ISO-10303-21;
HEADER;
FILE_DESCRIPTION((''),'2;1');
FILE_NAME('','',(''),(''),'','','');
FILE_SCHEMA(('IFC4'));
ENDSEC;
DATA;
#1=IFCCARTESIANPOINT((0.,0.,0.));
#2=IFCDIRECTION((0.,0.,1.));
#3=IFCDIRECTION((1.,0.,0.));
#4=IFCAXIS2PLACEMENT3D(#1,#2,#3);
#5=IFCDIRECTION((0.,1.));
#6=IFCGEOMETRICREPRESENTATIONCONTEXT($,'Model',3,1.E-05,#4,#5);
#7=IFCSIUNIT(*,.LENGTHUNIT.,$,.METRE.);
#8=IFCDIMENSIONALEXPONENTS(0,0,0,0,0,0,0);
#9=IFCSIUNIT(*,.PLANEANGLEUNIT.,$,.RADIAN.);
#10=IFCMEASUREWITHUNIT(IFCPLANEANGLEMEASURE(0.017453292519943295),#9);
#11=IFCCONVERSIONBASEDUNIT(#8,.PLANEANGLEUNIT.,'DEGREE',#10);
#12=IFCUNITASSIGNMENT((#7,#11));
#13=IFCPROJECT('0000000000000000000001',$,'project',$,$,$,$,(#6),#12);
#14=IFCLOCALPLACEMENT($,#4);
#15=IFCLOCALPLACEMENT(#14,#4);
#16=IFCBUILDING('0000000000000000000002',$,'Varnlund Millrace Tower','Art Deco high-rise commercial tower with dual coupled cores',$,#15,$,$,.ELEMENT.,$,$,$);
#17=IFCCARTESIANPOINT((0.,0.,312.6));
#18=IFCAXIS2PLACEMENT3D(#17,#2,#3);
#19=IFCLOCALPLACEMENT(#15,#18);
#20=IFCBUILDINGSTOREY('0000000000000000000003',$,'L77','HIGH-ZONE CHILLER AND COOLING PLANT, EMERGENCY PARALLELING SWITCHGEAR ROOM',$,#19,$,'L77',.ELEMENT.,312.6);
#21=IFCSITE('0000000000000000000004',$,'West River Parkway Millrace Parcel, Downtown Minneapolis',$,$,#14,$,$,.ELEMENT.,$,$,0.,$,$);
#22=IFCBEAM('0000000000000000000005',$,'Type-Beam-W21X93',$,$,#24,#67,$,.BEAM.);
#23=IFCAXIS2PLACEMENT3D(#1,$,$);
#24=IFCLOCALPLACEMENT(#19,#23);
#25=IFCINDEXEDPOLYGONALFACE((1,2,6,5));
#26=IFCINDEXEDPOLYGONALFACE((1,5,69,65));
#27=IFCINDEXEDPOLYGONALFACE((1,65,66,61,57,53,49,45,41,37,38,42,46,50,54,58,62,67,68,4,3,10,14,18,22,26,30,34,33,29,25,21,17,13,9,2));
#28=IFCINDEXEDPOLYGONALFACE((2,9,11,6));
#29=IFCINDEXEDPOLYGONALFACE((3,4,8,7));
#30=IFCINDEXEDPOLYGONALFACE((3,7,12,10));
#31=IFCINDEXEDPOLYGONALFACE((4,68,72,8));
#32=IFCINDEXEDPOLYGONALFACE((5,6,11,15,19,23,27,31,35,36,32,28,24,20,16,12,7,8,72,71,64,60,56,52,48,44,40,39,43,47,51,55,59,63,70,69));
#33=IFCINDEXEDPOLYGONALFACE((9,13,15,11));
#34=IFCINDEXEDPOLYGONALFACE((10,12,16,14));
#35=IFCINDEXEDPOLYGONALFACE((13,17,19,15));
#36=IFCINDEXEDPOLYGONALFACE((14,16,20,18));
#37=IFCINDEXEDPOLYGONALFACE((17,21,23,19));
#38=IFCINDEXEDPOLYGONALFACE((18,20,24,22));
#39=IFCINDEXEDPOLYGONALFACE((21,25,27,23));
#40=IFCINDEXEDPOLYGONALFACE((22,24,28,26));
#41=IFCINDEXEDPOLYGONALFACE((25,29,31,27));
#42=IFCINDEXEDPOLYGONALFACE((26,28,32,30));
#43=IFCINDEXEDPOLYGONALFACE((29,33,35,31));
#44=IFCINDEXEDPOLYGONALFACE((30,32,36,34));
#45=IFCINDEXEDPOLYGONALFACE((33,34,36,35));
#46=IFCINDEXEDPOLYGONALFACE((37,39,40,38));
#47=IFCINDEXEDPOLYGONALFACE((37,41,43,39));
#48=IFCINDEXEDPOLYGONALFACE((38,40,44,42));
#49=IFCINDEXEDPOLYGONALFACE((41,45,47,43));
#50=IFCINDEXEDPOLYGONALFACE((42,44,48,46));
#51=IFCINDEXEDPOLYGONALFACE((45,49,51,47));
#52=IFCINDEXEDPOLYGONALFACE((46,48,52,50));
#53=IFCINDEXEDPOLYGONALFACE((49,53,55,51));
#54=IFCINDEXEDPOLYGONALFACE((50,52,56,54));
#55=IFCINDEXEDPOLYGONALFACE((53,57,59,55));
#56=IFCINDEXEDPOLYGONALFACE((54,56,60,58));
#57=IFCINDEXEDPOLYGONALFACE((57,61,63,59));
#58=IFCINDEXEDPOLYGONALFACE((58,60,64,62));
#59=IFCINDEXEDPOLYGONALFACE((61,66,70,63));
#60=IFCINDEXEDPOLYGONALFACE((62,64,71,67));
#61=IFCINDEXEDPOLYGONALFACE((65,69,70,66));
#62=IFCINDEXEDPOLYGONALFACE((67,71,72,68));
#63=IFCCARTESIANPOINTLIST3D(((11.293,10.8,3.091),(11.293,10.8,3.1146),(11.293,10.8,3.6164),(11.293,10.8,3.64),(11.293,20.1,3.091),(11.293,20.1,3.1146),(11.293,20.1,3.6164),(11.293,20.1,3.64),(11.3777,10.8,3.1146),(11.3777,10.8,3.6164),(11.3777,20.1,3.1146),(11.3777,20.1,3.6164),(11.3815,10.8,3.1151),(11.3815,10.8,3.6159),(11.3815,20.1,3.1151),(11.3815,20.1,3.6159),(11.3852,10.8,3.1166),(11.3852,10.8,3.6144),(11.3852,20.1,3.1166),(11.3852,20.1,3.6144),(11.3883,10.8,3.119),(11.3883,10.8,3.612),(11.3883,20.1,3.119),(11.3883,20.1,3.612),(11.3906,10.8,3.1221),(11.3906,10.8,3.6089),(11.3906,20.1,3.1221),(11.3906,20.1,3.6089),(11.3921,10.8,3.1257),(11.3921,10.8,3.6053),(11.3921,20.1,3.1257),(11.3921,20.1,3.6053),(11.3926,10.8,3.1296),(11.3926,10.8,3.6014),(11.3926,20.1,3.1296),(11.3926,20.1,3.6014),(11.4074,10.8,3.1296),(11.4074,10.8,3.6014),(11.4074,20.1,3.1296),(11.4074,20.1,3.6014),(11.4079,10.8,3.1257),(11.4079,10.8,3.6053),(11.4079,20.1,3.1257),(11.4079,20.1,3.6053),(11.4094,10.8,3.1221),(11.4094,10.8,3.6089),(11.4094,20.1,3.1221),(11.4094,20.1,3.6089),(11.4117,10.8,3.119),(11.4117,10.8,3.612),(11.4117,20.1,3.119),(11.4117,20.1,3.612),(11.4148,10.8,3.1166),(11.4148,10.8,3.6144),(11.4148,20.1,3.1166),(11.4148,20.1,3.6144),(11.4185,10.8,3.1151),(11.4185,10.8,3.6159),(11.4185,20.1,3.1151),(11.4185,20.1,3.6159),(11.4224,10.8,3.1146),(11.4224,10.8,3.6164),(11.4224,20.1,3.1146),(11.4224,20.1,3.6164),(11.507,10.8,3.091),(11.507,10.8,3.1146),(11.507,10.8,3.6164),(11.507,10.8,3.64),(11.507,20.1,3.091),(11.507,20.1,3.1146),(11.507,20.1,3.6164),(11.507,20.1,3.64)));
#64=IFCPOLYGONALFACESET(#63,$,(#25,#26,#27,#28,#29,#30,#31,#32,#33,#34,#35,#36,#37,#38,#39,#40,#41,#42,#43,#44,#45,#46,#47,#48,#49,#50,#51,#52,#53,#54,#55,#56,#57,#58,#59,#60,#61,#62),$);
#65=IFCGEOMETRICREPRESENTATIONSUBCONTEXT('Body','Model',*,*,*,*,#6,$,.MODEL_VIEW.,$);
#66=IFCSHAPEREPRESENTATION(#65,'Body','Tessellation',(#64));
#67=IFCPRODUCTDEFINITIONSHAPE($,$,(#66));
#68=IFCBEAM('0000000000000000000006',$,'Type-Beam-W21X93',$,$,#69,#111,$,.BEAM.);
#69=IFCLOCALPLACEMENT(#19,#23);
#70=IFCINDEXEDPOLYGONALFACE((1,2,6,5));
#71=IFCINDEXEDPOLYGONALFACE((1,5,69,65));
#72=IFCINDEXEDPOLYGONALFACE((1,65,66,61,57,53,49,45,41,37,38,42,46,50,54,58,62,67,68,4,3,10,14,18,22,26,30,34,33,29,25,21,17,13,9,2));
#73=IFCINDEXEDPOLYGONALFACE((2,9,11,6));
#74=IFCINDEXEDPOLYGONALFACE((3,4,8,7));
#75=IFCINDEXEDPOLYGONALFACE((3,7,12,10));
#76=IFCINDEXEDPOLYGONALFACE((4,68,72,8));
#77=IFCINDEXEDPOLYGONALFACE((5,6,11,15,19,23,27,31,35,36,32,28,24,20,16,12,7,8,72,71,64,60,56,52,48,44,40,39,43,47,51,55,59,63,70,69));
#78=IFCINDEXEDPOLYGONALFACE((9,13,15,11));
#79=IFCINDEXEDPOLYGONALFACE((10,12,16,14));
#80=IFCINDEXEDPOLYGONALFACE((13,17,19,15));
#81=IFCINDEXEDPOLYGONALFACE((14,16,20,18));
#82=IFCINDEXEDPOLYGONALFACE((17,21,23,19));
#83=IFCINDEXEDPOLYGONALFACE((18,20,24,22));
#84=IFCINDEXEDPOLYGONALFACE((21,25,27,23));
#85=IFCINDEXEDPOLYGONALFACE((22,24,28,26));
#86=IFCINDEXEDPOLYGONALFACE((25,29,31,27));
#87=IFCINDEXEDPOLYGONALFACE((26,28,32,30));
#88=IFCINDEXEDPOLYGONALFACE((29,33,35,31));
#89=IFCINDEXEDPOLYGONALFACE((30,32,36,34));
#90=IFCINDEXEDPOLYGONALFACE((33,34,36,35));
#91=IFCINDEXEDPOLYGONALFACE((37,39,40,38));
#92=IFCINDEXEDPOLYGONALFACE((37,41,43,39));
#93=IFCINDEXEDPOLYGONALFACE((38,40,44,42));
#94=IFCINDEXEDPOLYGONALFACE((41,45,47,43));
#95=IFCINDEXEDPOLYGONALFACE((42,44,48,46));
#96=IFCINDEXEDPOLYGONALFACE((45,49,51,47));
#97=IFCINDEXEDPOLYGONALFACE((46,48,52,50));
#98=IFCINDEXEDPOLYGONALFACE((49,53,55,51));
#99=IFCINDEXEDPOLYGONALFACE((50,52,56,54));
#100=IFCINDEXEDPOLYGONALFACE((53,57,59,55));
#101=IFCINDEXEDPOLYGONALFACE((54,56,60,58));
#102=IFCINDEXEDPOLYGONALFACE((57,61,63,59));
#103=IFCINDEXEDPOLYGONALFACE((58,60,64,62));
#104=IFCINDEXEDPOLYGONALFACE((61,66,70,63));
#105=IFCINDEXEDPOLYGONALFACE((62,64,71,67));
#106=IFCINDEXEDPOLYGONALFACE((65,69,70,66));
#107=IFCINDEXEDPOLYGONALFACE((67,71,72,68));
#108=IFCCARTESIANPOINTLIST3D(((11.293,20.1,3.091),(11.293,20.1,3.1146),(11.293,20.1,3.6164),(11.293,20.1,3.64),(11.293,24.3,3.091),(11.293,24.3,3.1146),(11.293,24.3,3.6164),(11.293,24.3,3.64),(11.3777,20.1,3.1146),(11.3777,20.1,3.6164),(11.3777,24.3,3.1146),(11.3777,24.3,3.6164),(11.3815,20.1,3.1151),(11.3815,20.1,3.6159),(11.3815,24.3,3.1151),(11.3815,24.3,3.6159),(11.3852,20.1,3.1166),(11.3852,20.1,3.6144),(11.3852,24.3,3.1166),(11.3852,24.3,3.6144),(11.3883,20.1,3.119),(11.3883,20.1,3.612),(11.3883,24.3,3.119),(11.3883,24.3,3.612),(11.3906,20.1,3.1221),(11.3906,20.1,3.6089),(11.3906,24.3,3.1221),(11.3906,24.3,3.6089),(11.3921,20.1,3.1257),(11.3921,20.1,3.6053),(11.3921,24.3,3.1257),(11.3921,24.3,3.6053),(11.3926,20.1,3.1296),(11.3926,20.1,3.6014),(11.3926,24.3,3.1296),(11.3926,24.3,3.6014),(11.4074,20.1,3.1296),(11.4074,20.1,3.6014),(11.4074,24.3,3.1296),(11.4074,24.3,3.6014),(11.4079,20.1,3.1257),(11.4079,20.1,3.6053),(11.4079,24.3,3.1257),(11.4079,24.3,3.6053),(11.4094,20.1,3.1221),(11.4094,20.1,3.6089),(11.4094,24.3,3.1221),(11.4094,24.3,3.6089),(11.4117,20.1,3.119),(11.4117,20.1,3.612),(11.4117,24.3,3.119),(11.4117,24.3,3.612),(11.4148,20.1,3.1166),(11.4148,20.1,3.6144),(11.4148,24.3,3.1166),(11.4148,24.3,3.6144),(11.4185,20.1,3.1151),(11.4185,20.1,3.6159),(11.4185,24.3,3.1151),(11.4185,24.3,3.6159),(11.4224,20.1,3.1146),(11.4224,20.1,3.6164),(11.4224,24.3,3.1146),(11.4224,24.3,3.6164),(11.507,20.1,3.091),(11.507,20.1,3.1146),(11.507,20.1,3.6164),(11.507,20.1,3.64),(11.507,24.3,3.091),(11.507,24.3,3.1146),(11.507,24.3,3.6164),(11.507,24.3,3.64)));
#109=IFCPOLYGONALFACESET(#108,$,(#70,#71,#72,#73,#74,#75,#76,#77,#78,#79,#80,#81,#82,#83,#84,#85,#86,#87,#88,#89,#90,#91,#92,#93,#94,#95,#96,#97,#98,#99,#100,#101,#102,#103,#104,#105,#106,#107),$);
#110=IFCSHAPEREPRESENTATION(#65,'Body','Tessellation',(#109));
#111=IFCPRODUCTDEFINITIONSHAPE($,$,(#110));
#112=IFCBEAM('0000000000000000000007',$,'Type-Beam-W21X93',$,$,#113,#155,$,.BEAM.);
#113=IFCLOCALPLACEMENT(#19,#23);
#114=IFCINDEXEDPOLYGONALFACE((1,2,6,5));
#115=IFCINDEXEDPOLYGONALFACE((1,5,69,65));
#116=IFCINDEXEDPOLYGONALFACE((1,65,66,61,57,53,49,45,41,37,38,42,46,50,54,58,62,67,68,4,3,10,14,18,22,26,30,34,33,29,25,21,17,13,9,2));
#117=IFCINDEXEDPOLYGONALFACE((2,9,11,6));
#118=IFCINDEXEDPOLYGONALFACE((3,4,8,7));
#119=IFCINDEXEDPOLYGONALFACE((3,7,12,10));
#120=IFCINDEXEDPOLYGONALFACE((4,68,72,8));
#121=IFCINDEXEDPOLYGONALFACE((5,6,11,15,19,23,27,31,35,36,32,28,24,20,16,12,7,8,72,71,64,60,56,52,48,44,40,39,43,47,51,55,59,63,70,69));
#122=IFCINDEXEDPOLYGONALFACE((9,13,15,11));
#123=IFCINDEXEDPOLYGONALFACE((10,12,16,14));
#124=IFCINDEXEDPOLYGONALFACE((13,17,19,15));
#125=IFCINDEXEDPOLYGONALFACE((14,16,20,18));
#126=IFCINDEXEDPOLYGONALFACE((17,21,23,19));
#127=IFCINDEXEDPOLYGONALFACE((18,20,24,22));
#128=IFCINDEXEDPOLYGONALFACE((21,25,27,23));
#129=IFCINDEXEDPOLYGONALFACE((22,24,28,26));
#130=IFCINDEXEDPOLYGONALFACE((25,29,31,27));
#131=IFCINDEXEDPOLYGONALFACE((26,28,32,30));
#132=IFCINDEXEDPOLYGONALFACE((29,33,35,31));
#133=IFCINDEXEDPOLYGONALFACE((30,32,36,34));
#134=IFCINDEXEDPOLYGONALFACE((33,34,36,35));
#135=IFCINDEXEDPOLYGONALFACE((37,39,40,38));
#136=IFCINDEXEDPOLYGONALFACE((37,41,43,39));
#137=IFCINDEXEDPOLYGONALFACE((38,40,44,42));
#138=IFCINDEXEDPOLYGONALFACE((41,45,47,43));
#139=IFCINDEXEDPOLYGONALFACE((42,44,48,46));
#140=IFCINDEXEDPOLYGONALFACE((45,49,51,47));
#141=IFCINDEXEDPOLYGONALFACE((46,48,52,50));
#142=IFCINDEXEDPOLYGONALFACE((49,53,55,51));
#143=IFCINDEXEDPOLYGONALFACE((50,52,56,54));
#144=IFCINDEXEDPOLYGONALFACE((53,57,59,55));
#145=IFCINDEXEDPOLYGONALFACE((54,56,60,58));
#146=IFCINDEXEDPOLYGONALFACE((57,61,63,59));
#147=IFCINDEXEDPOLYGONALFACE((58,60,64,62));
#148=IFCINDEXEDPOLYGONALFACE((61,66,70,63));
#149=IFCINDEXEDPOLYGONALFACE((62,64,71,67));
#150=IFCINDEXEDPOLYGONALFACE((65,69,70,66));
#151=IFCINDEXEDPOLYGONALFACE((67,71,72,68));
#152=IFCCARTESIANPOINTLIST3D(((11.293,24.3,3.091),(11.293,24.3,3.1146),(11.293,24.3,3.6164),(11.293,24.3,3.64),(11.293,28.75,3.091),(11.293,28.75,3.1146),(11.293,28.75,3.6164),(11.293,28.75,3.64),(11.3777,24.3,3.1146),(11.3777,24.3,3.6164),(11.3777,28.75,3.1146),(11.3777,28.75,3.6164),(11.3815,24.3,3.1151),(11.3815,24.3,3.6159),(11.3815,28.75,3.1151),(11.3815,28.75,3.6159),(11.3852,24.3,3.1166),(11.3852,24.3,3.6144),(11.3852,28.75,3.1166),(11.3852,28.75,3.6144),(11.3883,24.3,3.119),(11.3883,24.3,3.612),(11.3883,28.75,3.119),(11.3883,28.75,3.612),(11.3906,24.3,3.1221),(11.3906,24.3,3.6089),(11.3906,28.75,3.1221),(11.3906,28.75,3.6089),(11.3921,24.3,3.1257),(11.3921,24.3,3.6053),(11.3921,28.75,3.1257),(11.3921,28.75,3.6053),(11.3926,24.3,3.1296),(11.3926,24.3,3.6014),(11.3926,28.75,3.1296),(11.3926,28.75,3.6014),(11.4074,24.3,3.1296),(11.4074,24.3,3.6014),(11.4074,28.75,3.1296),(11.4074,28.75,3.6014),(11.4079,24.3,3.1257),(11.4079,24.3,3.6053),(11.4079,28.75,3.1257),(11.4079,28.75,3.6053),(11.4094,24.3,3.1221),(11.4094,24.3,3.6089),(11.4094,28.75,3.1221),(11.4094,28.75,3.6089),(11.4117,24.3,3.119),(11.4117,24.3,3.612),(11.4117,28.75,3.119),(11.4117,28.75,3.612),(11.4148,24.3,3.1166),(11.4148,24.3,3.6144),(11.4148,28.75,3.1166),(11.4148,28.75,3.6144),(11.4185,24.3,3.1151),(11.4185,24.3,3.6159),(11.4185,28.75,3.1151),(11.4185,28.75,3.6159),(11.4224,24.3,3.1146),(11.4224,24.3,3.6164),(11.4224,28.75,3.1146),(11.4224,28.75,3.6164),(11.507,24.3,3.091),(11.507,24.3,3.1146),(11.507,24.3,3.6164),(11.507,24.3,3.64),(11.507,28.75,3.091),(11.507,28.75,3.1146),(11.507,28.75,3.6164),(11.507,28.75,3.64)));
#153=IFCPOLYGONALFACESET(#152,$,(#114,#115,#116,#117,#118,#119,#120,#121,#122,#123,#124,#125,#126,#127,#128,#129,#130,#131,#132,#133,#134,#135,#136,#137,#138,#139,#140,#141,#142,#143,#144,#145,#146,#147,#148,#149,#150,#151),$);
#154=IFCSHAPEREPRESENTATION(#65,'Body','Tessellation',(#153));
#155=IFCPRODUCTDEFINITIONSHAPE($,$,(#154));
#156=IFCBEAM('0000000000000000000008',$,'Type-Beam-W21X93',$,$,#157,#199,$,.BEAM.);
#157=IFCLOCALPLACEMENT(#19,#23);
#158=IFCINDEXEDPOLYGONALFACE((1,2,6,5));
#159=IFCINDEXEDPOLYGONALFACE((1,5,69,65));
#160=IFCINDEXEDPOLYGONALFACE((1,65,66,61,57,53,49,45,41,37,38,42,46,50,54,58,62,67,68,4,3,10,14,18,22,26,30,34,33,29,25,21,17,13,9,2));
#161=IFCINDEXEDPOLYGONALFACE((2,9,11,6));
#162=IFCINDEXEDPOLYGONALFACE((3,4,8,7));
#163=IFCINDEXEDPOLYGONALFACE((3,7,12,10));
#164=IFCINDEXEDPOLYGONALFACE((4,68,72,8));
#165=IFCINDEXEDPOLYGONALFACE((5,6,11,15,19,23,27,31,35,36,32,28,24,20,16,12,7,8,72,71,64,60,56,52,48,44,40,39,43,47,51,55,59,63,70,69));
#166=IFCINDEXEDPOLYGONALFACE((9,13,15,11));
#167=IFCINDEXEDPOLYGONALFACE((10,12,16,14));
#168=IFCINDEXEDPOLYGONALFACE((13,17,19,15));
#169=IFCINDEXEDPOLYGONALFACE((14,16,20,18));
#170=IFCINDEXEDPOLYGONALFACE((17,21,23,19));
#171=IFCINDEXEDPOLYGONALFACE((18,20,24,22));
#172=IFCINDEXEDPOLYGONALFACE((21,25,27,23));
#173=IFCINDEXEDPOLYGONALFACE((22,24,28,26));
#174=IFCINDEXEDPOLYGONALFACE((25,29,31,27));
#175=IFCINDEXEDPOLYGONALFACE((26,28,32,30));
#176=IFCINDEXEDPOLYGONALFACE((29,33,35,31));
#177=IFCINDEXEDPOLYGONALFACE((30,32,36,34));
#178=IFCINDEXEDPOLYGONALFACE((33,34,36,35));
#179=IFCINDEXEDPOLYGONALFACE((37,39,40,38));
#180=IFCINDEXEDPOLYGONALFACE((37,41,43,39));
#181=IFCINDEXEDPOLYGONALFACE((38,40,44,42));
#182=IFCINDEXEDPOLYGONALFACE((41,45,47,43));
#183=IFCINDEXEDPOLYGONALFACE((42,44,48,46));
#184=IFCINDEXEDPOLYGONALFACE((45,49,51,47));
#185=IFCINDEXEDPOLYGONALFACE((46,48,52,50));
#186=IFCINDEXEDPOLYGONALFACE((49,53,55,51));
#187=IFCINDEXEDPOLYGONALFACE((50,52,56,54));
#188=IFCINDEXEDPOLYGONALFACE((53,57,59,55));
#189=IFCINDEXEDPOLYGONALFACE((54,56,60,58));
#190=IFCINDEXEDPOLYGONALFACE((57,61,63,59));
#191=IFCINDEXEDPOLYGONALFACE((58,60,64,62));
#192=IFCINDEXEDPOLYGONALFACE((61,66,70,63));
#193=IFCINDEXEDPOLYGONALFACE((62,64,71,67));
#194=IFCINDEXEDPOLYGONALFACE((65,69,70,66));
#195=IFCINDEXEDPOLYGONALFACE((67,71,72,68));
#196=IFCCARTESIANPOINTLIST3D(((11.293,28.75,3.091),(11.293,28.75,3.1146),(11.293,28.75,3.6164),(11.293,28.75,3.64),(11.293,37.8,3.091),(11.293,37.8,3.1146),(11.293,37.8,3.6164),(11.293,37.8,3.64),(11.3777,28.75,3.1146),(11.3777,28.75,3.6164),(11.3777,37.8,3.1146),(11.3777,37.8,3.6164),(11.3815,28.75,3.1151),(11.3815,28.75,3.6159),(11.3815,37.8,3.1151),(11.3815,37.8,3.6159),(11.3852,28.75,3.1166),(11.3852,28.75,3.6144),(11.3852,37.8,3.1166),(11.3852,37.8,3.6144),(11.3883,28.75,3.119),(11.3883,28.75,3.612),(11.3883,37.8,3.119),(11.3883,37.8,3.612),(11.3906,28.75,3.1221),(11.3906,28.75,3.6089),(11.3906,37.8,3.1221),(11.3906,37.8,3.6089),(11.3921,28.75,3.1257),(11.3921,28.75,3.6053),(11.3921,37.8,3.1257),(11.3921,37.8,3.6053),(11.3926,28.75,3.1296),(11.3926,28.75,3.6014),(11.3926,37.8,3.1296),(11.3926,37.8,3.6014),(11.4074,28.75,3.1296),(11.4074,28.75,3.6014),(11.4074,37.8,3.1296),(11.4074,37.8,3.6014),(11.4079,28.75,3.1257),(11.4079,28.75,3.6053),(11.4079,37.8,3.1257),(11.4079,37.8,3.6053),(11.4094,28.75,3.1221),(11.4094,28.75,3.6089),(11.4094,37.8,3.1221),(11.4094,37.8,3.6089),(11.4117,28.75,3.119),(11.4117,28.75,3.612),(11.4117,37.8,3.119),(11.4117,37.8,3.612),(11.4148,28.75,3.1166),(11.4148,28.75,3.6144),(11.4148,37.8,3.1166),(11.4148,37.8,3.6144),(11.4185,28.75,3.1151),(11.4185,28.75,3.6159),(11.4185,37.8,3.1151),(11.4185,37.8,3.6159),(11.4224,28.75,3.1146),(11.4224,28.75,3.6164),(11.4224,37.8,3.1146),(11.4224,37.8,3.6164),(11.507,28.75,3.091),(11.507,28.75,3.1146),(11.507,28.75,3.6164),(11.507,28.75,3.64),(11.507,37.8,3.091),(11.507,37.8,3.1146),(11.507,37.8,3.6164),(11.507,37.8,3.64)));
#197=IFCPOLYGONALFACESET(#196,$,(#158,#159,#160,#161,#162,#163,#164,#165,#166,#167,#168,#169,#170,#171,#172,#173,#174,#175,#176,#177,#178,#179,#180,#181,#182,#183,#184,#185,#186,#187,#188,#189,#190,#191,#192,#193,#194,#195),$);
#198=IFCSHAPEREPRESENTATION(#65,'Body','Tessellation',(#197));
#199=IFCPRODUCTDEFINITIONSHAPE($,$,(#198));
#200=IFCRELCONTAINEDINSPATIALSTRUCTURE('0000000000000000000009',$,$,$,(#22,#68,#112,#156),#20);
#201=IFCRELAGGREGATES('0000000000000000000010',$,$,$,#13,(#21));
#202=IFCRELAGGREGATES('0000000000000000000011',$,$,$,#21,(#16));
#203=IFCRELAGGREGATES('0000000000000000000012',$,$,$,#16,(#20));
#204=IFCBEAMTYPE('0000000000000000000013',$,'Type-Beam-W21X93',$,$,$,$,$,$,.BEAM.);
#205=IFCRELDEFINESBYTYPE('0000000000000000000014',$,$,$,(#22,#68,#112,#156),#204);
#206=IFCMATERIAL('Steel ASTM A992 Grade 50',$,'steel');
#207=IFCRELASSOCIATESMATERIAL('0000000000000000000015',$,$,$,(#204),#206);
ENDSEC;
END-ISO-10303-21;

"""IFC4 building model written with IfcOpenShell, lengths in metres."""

from ifc_helpers import new_model, entity, si_unit, converted_unit, direction, frame, origin_with_axes, origin_2d_with_axis, place, context, subcontext, project, spatial, i_section, extrude, material, material_profile, profile_set, type_object, element, save


model = new_model("IFC4")

# Units and contexts
model_context = context("Model", 3, precision=1e-05, world=origin_with_axes(), true_north=direction((0.0, 1.0)))
body_context = subcontext(model_context, "Body", "Model", "MODEL_VIEW")
ifc_project = project(units=[si_unit("LENGTHUNIT", "METRE"), converted_unit("PLANEANGLEUNIT", "DEGREE", entity("IfcPlaneAngleMeasure", 0.017453292519943295), si_unit("PLANEANGLEUNIT", "RADIAN"), dimensions=[0, 0, 0, 0, 0, 0, 0])], contexts=[model_context])

# Site, building, storey
site_placement = place(None, origin_with_axes())
site = spatial("IfcSite", under=ifc_project, at=site_placement, Name="West River Parkway Millrace Parcel, Downtown Minneapolis", CompositionType="ELEMENT", RefElevation=0.0)
building_placement = place(site_placement, origin_with_axes())
building = spatial("IfcBuilding", under=site, at=building_placement, Name="Varnlund Millrace Tower", Description="Art Deco high-rise commercial tower with dual coupled cores", CompositionType="ELEMENT")
storey_placement = place(building_placement, frame((0.0, 0.0, 312.6), z_axis=(0.0, 0.0, 1.0), x_axis=(1.0, 0.0, 0.0)))
storey = spatial("IfcBuildingStorey", under=building, at=storey_placement, Name="L77", Description="HIGH-ZONE CHILLER AND COOLING PLANT, EMERGENCY PARALLELING SWITCHGEAR ROOM", LongName="L77", CompositionType="ELEMENT", Elevation=312.6)

# Beams
ifc_material_1 = material(Name="Steel ASTM A992 Grade 50", Category="steel")
ifc_material_profile_1 = material_profile(ifc_material_1, i_section(OverallWidth=0.214, OverallDepth=0.549, WebThickness=0.0147, FlangeThickness=0.0236, FilletRadius=0.015, at=origin_2d_with_axis()), Name="Steel ASTM A992 Grade 50")
ifc_profile_set_1 = profile_set([ifc_material_profile_1], Name="Steel ASTM A992 Grade 50")
beam_type_1 = type_object("IfcBeamType", Name="Type-Beam-W21X93", PredefinedType="BEAM", material=ifc_profile_set_1)
beam_1_placement = place(storey_placement, frame((11.4, 10.8, 3.3655), z_axis=(0.0, 1.0, 0.0), x_axis=(-1.0, 0.0, 0.0)))
element("IfcBeam", 1, at=beam_1_placement, inside=storey, type_object=beam_type_1, Name="Type-Beam-W21X93", PredefinedType="BEAM", context=body_context, shape_type="SweptSolid", body=[
    extrude(i_section(OverallWidth=0.214, OverallDepth=0.549, WebThickness=0.0147, FlangeThickness=0.0236, FilletRadius=0.015, at=origin_2d_with_axis()), origin_with_axes(), (0.0, 0.0, 1.0), 9.3),
])
beam_2_placement = place(storey_placement, frame((11.4, 20.1, 3.3655), z_axis=(0.0, 1.0, 0.0), x_axis=(-1.0, 0.0, 0.0)))
element("IfcBeam", 2, at=beam_2_placement, inside=storey, type_object=beam_type_1, Name="Type-Beam-W21X93", PredefinedType="BEAM", context=body_context, shape_type="SweptSolid", body=[
    extrude(i_section(OverallWidth=0.214, OverallDepth=0.549, WebThickness=0.0147, FlangeThickness=0.0236, FilletRadius=0.015, at=origin_2d_with_axis()), origin_with_axes(), (0.0, 0.0, 1.0), 4.2),
])
beam_3_placement = place(storey_placement, frame((11.4, 24.3, 3.3655), z_axis=(0.0, 1.0, 0.0), x_axis=(-1.0, 0.0, 0.0)))
element("IfcBeam", 3, at=beam_3_placement, inside=storey, type_object=beam_type_1, Name="Type-Beam-W21X93", PredefinedType="BEAM", context=body_context, shape_type="SweptSolid", body=[
    extrude(i_section(OverallWidth=0.214, OverallDepth=0.549, WebThickness=0.0147, FlangeThickness=0.0236, FilletRadius=0.015, at=origin_2d_with_axis()), origin_with_axes(), (0.0, 0.0, 1.0), 4.45),
])
beam_4_placement = place(storey_placement, frame((11.4, 28.75, 3.3655), z_axis=(0.0, 1.0, 0.0), x_axis=(-1.0, 0.0, 0.0)))
element("IfcBeam", 4, at=beam_4_placement, inside=storey, type_object=beam_type_1, Name="Type-Beam-W21X93", PredefinedType="BEAM", context=body_context, shape_type="SweptSolid", body=[
    extrude(i_section(OverallWidth=0.214, OverallDepth=0.549, WebThickness=0.0147, FlangeThickness=0.0236, FilletRadius=0.015, at=origin_2d_with_axis()), origin_with_axes(), (0.0, 0.0, 1.0), 9.05),
])

save(model, "model.ifc")
